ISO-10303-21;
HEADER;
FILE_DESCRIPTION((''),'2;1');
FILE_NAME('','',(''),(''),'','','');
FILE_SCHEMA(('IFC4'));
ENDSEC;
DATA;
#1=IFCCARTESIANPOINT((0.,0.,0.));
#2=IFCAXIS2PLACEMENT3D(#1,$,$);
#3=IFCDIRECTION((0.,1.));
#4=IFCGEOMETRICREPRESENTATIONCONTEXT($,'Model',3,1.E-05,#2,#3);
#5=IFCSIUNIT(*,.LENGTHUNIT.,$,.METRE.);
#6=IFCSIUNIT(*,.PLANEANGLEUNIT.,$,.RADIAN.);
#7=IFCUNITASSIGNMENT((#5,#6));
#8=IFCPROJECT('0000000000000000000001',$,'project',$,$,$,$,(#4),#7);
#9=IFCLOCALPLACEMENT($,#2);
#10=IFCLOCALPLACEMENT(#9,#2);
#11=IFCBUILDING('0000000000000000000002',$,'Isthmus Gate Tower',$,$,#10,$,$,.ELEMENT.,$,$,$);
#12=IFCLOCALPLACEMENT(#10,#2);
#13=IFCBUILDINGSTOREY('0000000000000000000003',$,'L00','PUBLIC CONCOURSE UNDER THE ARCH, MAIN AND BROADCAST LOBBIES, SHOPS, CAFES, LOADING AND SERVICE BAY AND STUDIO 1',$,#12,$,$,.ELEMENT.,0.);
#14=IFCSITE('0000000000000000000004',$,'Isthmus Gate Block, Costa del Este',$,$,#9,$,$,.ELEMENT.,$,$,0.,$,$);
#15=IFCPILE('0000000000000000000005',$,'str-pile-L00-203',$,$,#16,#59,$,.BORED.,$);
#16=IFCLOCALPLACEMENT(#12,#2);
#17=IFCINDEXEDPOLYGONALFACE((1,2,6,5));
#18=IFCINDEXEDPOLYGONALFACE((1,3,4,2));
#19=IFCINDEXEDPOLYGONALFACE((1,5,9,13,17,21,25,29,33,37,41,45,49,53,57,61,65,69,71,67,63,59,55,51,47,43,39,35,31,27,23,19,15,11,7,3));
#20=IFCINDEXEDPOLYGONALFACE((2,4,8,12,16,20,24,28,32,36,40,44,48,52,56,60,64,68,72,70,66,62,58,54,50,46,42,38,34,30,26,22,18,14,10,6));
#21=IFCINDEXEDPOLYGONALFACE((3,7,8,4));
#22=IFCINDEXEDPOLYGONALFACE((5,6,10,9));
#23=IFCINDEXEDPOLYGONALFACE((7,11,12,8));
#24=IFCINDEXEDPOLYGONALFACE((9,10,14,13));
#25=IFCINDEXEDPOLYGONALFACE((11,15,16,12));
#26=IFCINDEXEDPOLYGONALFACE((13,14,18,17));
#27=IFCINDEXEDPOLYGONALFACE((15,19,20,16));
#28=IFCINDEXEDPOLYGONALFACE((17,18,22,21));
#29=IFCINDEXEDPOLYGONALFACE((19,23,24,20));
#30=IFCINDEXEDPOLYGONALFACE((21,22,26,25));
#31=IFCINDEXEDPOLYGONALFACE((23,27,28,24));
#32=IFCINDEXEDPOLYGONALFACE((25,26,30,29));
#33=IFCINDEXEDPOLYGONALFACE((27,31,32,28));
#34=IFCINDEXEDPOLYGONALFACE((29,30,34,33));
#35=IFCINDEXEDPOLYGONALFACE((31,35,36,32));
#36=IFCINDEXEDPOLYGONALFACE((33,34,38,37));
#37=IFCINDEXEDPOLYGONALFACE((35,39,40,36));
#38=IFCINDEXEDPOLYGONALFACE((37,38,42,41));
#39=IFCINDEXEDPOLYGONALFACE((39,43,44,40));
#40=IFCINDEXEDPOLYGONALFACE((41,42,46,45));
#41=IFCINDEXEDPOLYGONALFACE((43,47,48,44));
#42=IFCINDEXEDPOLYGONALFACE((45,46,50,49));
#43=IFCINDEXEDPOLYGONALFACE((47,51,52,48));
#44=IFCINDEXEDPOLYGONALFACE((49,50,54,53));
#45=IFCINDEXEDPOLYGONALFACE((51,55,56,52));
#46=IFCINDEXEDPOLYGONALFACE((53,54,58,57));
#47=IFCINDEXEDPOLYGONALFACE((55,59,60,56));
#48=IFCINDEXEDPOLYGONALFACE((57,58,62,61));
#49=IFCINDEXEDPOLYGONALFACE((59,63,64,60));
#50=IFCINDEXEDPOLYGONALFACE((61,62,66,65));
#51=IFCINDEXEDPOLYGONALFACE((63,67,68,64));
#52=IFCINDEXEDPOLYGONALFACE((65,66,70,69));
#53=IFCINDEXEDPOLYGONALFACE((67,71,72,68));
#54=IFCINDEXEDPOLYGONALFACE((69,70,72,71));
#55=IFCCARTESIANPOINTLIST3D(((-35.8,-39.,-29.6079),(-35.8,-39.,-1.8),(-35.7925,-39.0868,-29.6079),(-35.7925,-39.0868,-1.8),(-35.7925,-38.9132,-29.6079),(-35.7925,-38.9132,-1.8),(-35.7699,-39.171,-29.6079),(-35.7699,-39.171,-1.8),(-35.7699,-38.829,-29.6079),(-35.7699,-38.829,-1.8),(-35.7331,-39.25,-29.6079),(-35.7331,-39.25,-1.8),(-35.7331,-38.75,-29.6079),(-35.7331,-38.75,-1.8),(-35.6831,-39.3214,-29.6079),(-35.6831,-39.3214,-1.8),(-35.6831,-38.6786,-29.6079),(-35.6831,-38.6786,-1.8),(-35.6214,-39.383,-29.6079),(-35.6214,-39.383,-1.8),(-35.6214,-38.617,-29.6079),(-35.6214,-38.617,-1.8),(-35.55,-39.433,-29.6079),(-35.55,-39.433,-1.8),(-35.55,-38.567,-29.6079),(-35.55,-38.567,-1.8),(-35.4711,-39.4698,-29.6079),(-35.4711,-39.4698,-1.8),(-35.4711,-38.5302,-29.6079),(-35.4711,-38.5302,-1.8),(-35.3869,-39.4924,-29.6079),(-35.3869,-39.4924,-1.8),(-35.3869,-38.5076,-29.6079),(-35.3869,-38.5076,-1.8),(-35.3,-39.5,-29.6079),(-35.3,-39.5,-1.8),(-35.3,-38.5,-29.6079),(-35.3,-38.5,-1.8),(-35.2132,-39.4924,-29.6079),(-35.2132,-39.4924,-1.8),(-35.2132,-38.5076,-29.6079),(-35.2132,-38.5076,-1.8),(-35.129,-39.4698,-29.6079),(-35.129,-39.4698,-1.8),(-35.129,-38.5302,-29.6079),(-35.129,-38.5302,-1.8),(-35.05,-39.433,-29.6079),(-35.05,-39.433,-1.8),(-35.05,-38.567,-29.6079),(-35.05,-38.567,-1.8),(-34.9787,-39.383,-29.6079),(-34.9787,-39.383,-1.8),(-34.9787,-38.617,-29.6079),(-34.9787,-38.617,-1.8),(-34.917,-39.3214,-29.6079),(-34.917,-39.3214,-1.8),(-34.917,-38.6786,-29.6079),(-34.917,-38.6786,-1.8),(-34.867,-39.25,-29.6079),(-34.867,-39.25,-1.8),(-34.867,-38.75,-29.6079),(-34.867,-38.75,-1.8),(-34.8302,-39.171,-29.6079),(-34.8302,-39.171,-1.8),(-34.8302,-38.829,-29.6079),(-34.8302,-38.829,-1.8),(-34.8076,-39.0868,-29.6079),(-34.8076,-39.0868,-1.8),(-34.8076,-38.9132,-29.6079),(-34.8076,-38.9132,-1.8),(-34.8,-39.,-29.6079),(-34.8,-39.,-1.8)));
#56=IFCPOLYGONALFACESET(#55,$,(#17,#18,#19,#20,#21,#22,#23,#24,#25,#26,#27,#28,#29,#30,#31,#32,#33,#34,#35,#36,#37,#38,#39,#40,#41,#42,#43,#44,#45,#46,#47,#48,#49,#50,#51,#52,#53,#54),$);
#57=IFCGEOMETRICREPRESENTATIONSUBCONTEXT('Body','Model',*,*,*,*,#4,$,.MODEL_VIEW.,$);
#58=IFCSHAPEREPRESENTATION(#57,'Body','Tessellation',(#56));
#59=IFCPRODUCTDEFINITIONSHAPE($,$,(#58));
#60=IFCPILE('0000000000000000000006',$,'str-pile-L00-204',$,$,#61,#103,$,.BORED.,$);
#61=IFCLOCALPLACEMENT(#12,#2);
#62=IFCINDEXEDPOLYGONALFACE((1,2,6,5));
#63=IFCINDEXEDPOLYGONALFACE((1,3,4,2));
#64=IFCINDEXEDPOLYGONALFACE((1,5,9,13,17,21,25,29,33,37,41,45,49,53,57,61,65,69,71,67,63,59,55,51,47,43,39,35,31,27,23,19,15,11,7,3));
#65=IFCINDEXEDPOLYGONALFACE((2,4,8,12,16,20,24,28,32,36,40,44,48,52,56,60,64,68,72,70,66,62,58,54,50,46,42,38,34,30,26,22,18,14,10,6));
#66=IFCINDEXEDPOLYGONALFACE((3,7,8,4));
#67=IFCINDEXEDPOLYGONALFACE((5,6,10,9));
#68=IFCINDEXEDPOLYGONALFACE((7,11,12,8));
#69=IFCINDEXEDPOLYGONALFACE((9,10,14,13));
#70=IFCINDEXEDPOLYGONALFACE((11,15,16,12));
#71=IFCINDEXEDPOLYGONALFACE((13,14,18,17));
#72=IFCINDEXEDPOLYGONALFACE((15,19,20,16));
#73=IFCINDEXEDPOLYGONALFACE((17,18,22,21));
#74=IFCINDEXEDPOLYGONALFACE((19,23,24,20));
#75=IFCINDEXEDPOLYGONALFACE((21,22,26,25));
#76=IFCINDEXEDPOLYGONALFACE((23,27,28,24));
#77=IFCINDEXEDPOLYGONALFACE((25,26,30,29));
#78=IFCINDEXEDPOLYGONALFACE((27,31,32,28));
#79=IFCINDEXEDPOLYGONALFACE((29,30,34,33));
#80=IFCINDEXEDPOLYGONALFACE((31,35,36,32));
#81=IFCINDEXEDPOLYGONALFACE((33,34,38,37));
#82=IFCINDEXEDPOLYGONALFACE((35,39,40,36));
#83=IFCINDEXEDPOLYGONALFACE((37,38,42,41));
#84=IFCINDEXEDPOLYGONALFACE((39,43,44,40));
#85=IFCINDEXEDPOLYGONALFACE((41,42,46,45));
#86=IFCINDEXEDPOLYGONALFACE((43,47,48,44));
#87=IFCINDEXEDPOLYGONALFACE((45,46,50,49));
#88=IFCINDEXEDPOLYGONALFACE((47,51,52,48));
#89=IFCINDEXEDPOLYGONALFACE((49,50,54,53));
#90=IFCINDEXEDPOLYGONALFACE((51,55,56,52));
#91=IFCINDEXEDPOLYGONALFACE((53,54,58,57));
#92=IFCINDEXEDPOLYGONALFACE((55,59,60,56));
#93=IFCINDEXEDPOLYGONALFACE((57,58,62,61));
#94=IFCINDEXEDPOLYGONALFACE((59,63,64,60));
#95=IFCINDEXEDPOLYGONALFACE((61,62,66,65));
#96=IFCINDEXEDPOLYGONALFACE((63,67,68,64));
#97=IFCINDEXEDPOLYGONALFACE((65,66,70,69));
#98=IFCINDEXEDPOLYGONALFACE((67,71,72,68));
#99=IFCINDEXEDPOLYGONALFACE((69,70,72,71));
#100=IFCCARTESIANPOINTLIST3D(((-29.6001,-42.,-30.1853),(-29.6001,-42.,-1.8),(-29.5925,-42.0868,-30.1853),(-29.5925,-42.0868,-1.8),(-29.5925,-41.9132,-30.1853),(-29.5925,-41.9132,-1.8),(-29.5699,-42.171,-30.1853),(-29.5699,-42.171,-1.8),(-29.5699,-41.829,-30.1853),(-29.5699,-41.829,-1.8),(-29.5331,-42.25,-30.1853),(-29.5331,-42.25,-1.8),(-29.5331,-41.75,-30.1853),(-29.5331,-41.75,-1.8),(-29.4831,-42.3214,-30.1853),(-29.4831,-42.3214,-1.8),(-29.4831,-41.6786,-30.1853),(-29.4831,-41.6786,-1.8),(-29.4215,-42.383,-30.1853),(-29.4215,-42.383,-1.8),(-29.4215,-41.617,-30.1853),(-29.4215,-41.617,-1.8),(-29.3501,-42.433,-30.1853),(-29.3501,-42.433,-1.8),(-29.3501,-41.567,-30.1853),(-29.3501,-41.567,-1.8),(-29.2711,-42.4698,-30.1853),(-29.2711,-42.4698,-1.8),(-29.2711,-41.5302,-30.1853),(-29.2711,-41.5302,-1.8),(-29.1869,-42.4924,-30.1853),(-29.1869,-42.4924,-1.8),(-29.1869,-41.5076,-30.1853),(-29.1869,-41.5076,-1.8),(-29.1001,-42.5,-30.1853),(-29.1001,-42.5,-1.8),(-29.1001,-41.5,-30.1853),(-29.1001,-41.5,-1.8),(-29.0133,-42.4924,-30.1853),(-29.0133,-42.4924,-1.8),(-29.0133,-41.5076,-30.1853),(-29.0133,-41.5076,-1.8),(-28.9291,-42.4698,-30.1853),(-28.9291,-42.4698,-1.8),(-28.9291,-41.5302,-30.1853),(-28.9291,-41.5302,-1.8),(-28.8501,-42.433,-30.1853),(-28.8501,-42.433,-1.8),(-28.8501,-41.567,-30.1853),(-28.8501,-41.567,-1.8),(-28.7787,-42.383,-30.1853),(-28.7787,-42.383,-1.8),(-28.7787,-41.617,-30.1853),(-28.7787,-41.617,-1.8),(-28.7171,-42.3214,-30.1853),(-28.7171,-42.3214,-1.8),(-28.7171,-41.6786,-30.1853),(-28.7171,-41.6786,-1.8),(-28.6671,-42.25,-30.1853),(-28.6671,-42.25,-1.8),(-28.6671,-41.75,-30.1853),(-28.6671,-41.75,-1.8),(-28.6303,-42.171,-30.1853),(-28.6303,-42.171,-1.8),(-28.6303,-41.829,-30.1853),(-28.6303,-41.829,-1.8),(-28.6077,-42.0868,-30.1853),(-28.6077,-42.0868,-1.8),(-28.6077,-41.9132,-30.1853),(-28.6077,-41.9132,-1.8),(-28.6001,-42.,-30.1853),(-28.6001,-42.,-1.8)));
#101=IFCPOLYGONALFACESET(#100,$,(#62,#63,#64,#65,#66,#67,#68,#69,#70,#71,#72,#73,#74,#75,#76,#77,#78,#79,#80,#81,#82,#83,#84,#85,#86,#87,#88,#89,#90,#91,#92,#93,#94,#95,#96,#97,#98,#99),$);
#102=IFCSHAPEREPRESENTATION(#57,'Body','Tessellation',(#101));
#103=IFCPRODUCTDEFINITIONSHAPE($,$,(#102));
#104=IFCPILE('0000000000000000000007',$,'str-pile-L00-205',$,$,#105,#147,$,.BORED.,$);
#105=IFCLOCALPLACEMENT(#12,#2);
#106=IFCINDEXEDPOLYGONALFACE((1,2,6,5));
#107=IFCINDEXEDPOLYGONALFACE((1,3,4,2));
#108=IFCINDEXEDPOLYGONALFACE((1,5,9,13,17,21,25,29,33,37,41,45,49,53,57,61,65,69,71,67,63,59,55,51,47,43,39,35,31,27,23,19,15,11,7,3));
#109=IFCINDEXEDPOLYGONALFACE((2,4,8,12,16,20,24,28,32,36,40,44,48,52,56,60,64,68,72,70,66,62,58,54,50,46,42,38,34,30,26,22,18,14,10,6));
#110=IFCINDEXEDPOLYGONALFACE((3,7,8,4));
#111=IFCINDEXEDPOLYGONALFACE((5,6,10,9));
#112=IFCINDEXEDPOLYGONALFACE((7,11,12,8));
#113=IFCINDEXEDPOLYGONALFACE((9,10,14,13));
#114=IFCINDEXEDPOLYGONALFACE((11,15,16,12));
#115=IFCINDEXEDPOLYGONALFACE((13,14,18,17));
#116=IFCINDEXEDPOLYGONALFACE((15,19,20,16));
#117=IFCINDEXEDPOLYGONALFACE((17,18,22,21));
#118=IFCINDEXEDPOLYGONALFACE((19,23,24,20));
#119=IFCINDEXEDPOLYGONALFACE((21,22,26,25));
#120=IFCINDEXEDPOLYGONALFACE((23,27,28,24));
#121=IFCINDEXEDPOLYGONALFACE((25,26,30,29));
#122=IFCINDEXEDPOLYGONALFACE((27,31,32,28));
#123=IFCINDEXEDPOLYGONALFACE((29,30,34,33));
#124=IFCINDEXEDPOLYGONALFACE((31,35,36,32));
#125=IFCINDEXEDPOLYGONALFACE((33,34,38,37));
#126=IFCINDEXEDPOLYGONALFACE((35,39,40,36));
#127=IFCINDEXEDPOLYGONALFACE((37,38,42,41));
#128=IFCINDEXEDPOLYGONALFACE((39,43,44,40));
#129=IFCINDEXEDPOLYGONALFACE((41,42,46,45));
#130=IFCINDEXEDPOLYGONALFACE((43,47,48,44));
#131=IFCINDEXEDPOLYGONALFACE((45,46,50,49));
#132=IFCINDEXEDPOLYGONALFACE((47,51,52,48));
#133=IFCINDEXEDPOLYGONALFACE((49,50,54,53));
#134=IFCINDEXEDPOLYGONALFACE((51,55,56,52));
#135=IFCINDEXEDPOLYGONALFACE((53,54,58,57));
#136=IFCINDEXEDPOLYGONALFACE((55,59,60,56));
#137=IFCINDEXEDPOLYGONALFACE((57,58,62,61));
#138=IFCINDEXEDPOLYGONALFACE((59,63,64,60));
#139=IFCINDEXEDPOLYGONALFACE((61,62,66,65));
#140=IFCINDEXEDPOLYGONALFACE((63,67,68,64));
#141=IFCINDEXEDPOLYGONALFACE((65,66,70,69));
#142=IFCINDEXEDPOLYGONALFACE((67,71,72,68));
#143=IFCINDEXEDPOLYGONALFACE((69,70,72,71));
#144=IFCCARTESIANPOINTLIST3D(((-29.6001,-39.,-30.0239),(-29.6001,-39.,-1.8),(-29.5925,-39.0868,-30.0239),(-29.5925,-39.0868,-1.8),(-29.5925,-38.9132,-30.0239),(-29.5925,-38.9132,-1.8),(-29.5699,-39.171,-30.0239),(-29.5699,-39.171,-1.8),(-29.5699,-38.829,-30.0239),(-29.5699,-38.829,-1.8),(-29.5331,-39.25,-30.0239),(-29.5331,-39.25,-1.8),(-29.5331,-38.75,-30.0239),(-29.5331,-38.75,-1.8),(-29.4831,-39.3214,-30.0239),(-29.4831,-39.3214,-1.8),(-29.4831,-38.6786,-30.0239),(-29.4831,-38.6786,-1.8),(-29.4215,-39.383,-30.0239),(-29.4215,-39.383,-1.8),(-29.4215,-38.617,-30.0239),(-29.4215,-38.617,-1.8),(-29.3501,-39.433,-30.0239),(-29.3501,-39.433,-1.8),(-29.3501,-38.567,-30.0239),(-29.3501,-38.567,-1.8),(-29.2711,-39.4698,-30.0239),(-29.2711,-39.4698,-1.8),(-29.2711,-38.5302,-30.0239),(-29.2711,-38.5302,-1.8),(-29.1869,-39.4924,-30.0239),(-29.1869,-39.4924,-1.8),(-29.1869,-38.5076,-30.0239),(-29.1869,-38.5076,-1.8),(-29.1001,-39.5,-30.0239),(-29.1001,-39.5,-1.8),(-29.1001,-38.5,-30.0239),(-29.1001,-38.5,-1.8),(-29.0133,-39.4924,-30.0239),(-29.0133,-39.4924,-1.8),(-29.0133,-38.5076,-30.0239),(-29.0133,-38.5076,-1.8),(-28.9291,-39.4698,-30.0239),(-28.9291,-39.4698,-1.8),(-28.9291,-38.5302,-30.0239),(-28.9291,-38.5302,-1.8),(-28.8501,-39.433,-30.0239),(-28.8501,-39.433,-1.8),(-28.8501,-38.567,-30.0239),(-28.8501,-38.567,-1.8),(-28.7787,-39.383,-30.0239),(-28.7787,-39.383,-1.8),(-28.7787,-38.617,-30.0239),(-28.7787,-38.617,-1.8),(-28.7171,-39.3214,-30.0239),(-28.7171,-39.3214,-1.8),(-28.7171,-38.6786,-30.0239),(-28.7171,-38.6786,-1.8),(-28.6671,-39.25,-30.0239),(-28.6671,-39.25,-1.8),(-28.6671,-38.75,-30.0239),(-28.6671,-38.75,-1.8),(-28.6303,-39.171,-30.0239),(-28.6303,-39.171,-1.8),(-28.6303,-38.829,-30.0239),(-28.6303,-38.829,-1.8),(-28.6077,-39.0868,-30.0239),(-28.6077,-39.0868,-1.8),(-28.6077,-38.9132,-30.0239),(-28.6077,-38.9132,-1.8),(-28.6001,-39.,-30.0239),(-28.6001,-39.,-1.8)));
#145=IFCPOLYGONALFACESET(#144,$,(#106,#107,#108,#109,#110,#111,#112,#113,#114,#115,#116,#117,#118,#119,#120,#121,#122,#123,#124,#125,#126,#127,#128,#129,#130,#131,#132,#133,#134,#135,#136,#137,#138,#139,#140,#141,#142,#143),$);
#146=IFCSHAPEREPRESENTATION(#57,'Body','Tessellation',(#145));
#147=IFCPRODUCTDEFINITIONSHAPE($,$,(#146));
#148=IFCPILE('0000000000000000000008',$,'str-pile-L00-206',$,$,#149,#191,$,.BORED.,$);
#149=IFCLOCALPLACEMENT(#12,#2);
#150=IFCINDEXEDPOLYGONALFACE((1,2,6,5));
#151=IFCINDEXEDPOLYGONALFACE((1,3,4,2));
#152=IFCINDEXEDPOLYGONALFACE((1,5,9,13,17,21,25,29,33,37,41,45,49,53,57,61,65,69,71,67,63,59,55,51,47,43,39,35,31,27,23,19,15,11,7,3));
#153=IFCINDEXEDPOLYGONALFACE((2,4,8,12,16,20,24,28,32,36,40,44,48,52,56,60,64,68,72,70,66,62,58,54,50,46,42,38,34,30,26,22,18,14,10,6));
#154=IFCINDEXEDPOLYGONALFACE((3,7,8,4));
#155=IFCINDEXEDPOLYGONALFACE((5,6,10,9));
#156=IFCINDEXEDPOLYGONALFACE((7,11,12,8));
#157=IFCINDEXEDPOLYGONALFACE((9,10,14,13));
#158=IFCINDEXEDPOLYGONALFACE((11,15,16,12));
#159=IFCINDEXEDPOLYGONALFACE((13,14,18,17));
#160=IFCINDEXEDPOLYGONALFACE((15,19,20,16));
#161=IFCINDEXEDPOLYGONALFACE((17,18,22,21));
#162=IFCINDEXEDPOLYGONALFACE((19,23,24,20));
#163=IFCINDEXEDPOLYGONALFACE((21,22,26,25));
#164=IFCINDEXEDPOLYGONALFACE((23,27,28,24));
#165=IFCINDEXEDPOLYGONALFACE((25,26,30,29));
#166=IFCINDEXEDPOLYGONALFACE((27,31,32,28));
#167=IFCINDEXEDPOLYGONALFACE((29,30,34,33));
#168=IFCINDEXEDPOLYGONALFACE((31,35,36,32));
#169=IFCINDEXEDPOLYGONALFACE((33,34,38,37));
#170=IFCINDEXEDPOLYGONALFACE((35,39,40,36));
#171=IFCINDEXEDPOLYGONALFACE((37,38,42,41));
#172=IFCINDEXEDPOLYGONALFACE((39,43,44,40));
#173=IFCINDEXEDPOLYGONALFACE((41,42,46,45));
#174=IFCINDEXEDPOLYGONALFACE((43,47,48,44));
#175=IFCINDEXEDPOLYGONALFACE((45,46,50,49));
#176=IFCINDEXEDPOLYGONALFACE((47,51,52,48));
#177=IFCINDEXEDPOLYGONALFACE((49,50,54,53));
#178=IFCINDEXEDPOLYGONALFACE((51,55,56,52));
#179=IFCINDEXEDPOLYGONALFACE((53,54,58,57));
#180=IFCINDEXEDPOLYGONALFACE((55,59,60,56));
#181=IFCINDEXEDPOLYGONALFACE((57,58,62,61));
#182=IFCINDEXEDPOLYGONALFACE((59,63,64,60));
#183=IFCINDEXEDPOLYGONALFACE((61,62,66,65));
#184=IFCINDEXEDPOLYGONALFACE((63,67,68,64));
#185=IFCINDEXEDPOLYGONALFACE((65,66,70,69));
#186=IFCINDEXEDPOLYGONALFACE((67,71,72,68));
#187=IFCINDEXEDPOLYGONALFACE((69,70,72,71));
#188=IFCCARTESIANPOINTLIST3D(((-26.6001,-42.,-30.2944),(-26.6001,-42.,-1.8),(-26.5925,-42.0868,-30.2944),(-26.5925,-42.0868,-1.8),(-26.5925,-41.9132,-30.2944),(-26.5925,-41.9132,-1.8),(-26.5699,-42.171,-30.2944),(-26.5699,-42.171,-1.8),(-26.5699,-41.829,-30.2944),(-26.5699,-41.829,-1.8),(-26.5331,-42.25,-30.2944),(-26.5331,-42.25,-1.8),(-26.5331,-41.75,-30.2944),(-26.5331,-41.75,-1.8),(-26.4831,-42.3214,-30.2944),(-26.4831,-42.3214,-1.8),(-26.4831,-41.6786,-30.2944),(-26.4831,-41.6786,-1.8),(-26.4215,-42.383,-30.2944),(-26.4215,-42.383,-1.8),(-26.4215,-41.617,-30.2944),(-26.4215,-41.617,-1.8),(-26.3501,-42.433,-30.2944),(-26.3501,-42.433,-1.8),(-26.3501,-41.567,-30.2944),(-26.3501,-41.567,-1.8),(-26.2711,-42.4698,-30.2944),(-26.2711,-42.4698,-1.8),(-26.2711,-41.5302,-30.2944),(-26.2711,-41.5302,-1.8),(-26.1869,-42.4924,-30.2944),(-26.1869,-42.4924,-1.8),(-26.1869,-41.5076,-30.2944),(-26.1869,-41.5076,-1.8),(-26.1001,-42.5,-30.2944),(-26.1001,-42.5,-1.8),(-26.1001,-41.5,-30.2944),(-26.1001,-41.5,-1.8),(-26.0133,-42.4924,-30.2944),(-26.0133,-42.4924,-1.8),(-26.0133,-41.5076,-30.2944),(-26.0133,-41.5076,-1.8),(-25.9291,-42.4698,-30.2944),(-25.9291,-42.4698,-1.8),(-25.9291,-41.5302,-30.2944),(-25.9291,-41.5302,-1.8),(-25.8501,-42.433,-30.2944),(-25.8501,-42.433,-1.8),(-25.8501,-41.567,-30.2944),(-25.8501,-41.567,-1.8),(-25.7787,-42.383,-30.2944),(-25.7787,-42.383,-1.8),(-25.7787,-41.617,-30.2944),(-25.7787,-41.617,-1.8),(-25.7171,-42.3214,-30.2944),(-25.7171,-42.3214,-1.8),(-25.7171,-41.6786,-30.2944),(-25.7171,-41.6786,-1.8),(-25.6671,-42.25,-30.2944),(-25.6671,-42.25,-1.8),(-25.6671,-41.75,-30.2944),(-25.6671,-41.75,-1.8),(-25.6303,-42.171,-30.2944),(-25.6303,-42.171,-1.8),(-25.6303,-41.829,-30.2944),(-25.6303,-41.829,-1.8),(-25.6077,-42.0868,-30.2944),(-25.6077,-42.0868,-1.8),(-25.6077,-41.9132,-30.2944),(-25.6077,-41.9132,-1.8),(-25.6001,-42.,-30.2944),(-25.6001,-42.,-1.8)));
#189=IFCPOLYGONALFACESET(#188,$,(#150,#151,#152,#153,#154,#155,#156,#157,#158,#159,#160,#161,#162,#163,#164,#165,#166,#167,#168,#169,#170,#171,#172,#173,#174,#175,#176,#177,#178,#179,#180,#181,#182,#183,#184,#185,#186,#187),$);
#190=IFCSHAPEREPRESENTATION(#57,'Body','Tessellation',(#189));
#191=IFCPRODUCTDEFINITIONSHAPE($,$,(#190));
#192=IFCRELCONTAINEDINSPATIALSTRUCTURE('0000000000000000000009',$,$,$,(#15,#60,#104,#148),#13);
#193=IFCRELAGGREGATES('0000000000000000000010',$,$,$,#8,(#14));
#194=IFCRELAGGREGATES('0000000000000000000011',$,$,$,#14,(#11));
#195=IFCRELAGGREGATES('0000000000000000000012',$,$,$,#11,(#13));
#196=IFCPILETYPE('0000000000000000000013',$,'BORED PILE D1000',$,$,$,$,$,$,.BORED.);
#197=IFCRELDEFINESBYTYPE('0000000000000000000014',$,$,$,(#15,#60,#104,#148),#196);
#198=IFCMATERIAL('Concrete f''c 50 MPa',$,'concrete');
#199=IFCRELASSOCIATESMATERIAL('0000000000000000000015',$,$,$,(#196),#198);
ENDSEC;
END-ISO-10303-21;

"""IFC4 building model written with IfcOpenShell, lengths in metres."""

from ifc_helpers import new_model, si_unit, direction, frame, origin, origin_2d, place, context, subcontext, project, spatial, circle, extrude, material, material_profile, profile_set, type_object, element, save


model = new_model("IFC4")

# Units and contexts
model_context = context("Model", 3, precision=1e-05, world=origin(), true_north=direction((0.0, 1.0)))
body_context = subcontext(model_context, "Body", "Model", "MODEL_VIEW")
ifc_project = project(units=[si_unit("LENGTHUNIT", "METRE"), si_unit("PLANEANGLEUNIT", "RADIAN")], contexts=[model_context])

# Site, building, storey
site_placement = place(None, origin())
site = spatial("IfcSite", under=ifc_project, at=site_placement, Name="Isthmus Gate Block, Costa del Este", CompositionType="ELEMENT", RefElevation=0.0)
building_placement = place(site_placement, origin())
building = spatial("IfcBuilding", under=site, at=building_placement, Name="Isthmus Gate Tower", CompositionType="ELEMENT")
storey_placement = place(building_placement, origin())
storey = spatial("IfcBuildingStorey", under=building, at=storey_placement, Name="L00", Description="PUBLIC CONCOURSE UNDER THE ARCH, MAIN AND BROADCAST LOBBIES, SHOPS, CAFES, LOADING AND SERVICE BAY AND STUDIO 1", CompositionType="ELEMENT", Elevation=0.0)

# Piles
ifc_material_1 = material(Name="Concrete f'c 50 MPa", Category="concrete")
ifc_material_profile_1 = material_profile(ifc_material_1, circle(Radius=0.5, at=origin_2d()), Name="D1000")
ifc_profile_set_1 = profile_set([ifc_material_profile_1], Name="Concrete f'c 50 MPa")
pile_type = type_object("IfcPileType", Name="BORED PILE D1000", PredefinedType="BORED", material=ifc_profile_set_1)
pile_1_placement = place(storey_placement, frame((-35.3, -39.0, -1.8), z_axis=(0.0, 0.0, -1.0), x_axis=(1.0, 0.0, 0.0)))
element("IfcPile", 1, at=pile_1_placement, inside=storey, type_object=pile_type, Name="str-pile-L00-203", PredefinedType="BORED", context=body_context, shape_type="SweptSolid", body=[
    extrude(circle(Radius=0.5, at=origin_2d()), origin(), (0.0, 0.0, 1.0), 27.8079),
])
pile_2_placement = place(storey_placement, frame((-29.1001, -42.0, -1.8), z_axis=(0.0, 0.0, -1.0), x_axis=(1.0, 0.0, 0.0)))
element("IfcPile", 2, at=pile_2_placement, inside=storey, type_object=pile_type, Name="str-pile-L00-204", PredefinedType="BORED", context=body_context, shape_type="SweptSolid", body=[
    extrude(circle(Radius=0.5, at=origin_2d()), origin(), (0.0, 0.0, 1.0), 28.3853),
])
pile_3_placement = place(storey_placement, frame((-29.1001, -39.0, -1.8), z_axis=(0.0, 0.0, -1.0), x_axis=(1.0, 0.0, 0.0)))
element("IfcPile", 3, at=pile_3_placement, inside=storey, type_object=pile_type, Name="str-pile-L00-205", PredefinedType="BORED", context=body_context, shape_type="SweptSolid", body=[
    extrude(circle(Radius=0.5, at=origin_2d()), origin(), (0.0, 0.0, 1.0), 28.2239),
])
pile_4_placement = place(storey_placement, frame((-26.1001, -42.0, -1.8), z_axis=(0.0, 0.0, -1.0), x_axis=(1.0, 0.0, 0.0)))
element("IfcPile", 4, at=pile_4_placement, inside=storey, type_object=pile_type, Name="str-pile-L00-206", PredefinedType="BORED", context=body_context, shape_type="SweptSolid", body=[
    extrude(circle(Radius=0.5, at=origin_2d()), origin(), (0.0, 0.0, 1.0), 28.4944),
])

save(model, "model.ifc")
